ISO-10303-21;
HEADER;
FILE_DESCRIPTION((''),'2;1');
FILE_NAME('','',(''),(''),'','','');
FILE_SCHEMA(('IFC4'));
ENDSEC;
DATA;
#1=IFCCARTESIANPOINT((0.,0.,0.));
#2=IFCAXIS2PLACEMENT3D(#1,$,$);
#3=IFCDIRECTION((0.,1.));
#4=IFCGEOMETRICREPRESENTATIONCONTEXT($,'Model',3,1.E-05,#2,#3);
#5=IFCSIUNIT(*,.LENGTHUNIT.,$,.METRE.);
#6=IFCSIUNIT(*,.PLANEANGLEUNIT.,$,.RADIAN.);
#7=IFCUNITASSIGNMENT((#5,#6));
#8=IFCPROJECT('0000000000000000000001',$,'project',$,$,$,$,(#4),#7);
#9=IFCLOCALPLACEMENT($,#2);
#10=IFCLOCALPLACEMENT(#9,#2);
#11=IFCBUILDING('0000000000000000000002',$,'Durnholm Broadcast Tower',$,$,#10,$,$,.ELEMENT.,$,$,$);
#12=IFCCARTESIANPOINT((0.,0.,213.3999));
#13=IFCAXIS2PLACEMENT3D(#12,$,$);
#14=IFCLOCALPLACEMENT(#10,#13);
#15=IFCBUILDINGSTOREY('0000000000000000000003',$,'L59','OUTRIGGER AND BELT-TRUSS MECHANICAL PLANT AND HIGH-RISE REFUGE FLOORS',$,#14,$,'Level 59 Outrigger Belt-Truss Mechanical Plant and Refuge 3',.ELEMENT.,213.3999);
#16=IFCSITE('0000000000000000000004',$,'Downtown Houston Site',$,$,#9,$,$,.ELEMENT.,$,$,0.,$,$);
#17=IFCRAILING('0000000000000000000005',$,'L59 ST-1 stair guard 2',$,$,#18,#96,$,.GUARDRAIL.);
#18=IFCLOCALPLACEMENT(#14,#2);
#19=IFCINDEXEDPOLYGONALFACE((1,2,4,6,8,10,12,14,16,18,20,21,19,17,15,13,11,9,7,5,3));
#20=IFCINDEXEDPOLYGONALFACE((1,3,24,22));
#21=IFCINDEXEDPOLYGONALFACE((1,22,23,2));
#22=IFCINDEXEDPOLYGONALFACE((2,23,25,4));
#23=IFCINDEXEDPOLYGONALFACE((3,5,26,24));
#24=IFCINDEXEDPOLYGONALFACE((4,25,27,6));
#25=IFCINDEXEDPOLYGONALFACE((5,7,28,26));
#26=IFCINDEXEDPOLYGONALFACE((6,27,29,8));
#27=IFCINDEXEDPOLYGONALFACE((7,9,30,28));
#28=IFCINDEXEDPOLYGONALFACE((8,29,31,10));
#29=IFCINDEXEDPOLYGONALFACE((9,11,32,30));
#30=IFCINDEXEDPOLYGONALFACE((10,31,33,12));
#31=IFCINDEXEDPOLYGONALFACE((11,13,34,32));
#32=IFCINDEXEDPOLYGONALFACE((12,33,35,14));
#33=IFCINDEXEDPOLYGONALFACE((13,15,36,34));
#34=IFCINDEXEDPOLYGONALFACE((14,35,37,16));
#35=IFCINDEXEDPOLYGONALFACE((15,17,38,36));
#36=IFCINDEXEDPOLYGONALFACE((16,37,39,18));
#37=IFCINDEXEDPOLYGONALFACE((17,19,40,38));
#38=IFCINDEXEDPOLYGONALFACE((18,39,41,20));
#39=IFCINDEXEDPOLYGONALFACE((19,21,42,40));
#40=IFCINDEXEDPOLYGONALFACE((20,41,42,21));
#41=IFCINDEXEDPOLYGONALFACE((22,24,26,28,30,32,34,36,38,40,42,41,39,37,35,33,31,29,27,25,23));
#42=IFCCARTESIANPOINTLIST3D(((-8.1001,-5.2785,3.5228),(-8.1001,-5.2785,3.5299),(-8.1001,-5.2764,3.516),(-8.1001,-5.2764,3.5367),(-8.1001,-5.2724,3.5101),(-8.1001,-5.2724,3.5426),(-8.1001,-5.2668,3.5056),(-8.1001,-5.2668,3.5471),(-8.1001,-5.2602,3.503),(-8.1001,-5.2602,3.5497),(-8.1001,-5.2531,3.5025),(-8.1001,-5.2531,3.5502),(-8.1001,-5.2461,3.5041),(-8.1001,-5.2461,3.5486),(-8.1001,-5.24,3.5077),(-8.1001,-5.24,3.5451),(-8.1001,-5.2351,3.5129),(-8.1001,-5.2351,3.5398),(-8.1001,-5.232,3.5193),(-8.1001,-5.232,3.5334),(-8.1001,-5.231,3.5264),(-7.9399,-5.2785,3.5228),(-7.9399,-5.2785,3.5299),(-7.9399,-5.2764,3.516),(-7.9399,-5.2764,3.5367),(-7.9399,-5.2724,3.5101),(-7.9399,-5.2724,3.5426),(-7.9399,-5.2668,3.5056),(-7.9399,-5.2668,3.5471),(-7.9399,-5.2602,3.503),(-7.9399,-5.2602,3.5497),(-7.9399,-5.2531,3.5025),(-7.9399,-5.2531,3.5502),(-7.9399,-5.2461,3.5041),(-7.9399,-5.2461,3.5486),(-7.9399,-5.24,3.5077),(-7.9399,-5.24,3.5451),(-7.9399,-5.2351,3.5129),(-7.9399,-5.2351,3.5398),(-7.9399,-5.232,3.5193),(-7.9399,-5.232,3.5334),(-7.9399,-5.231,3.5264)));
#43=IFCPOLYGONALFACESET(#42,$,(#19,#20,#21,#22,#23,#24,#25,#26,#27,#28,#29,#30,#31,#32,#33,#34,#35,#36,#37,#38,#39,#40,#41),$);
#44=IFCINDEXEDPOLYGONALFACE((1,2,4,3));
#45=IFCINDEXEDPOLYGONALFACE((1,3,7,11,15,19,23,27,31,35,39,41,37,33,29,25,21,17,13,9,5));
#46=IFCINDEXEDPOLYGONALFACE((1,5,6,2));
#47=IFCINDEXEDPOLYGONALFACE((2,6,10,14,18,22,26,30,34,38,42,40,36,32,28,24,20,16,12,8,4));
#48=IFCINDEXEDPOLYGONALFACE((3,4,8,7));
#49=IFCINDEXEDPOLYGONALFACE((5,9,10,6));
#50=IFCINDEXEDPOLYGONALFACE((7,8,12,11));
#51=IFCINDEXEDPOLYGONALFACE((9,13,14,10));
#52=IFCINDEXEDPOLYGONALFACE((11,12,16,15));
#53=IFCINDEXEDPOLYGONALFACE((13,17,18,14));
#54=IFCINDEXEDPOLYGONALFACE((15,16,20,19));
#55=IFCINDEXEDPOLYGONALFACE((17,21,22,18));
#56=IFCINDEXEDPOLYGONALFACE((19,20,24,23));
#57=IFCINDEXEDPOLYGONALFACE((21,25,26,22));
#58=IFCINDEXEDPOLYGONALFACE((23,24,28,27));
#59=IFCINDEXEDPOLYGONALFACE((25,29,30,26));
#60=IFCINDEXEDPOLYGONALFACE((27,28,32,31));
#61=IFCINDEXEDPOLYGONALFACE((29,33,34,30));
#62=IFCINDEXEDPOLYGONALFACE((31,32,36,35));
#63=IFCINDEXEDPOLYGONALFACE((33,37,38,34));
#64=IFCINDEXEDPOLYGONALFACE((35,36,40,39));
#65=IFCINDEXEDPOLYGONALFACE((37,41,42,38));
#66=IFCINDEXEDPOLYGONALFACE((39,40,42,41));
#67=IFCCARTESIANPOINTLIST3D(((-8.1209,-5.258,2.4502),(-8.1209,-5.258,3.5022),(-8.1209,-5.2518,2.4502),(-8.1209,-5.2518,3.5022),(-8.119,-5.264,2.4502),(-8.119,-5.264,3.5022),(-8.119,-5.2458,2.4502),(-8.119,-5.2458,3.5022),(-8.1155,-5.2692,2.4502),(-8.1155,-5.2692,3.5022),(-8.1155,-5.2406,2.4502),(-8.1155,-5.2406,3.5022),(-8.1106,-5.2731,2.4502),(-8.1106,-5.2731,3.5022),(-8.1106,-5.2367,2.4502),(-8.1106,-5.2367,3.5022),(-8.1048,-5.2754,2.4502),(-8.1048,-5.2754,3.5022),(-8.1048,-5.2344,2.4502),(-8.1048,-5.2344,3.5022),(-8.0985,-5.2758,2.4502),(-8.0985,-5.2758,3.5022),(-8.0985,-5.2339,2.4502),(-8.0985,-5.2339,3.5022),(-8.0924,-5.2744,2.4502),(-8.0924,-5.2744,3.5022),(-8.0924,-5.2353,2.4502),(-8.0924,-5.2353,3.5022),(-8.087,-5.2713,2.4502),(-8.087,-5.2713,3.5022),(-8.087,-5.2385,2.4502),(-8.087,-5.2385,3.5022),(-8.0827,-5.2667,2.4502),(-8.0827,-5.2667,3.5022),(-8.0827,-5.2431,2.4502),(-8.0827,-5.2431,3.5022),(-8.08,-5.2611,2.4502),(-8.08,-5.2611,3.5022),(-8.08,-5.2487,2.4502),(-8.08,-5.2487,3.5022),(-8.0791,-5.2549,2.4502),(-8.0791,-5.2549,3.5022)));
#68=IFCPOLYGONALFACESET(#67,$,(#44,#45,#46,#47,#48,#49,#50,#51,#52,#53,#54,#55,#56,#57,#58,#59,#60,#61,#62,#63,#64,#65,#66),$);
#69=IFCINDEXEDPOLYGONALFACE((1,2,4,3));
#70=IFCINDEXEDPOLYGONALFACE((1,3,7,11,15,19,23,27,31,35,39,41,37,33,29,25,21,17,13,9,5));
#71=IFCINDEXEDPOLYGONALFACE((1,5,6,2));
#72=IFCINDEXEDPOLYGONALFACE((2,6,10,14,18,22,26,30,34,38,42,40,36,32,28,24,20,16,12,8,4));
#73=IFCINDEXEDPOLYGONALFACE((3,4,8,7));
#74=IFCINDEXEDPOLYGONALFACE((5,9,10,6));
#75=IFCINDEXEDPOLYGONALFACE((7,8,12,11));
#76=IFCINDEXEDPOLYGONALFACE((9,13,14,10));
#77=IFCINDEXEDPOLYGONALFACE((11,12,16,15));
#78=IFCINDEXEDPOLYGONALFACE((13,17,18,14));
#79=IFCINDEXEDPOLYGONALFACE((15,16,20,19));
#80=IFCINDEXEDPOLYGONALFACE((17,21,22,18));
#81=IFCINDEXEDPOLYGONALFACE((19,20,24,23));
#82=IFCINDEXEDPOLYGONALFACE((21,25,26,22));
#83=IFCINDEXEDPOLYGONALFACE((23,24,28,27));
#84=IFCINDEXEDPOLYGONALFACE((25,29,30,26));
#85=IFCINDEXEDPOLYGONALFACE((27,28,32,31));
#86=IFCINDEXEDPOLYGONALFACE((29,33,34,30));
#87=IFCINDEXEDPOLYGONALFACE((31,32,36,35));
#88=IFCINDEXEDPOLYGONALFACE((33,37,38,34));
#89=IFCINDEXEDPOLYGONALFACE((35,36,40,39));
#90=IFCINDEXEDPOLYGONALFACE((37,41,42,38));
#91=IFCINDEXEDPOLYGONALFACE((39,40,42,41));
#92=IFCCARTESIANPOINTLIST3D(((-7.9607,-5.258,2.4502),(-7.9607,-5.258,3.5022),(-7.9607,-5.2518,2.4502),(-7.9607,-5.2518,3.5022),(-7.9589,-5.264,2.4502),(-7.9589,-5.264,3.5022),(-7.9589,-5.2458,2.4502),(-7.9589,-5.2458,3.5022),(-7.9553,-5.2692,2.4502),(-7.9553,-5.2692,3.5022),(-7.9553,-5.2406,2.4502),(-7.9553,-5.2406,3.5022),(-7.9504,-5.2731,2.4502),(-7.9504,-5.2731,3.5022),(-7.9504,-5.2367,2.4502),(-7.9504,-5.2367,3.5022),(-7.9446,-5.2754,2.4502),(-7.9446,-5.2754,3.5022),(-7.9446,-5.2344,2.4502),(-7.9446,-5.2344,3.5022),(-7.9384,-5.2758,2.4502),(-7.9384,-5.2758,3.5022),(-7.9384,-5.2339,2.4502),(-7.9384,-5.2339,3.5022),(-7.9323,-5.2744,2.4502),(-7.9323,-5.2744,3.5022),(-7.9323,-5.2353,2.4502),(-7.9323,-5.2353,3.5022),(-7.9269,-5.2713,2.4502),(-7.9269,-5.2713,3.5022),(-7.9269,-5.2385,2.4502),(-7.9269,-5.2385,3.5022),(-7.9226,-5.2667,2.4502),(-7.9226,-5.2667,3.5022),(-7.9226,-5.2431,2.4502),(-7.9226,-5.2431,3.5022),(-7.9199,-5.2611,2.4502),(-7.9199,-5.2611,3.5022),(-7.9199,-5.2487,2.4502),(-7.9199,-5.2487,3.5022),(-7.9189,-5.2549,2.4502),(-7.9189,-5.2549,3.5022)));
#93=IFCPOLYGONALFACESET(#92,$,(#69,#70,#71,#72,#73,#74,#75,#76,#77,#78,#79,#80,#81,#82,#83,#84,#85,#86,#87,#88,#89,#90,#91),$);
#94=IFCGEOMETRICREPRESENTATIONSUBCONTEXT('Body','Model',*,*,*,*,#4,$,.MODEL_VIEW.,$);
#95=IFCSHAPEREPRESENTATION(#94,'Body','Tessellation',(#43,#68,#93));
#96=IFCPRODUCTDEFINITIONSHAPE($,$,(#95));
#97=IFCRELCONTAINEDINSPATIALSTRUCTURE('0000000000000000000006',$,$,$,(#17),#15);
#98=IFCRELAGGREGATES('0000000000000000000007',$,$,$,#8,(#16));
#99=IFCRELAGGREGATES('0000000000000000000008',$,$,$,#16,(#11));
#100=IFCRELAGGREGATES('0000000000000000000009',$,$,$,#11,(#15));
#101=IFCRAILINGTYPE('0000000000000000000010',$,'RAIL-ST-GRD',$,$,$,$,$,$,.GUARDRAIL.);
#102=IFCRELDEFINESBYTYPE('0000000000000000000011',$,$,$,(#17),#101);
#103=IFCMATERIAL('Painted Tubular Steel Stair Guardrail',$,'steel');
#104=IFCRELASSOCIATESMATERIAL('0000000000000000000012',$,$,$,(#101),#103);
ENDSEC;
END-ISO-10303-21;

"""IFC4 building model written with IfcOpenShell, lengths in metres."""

from ifc_helpers import new_model, si_unit, direction, frame, origin, origin_2d, place, context, subcontext, project, spatial, circle, extrude, material, type_object, element, save


model = new_model("IFC4")

# Units and contexts
model_context = context("Model", 3, precision=1e-05, world=origin(), true_north=direction((0.0, 1.0)))
body_context = subcontext(model_context, "Body", "Model", "MODEL_VIEW")
ifc_project = project(units=[si_unit("LENGTHUNIT", "METRE"), si_unit("PLANEANGLEUNIT", "RADIAN")], contexts=[model_context])

# Site, building, storey
site_placement = place(None, origin())
site = spatial("IfcSite", under=ifc_project, at=site_placement, Name="Downtown Houston Site", CompositionType="ELEMENT", RefElevation=0.0)
building_placement = place(site_placement, origin())
building = spatial("IfcBuilding", under=site, at=building_placement, Name="Durnholm Broadcast Tower", CompositionType="ELEMENT")
storey_placement = place(building_placement, frame((0.0, 0.0, 213.3999)))
storey = spatial("IfcBuildingStorey", under=building, at=storey_placement, Name="L59", Description="OUTRIGGER AND BELT-TRUSS MECHANICAL PLANT AND HIGH-RISE REFUGE FLOORS", LongName="Level 59 Outrigger Belt-Truss Mechanical Plant and Refuge 3", CompositionType="ELEMENT", Elevation=213.3999)

# Railing
ifc_material_1 = material(Name="Painted Tubular Steel Stair Guardrail", Category="steel")
railing_type_1 = type_object("IfcRailingType", Name="RAIL-ST-GRD", PredefinedType="GUARDRAIL", material=ifc_material_1)
railing_1_placement = place(storey_placement, frame((-8.1001, -5.2549, 2.4502)))
element("IfcRailing", 1, at=railing_1_placement, inside=storey, type_object=railing_type_1, Name="L59 ST-1 stair guard 2", PredefinedType="GUARDRAIL", context=body_context, shape_type="SweptSolid", body=[
    extrude(circle(Radius=0.0239, at=origin_2d()), frame((0.0, 0.0, 1.0762), z_axis=(1.0, 0.0, 0.0), x_axis=(0.0, 1.0, 0.0)), (0.0, 0.0, 1.0), 0.1602),
    extrude(circle(Radius=0.021, at=origin_2d()), origin(), (0.0, 0.0, 1.0), 1.052),
    extrude(circle(Radius=0.021, at=origin_2d()), frame((0.1602, 0.0, 0.0)), (0.0, 0.0, 1.0), 1.052),
])

save(model, "model.ifc")
